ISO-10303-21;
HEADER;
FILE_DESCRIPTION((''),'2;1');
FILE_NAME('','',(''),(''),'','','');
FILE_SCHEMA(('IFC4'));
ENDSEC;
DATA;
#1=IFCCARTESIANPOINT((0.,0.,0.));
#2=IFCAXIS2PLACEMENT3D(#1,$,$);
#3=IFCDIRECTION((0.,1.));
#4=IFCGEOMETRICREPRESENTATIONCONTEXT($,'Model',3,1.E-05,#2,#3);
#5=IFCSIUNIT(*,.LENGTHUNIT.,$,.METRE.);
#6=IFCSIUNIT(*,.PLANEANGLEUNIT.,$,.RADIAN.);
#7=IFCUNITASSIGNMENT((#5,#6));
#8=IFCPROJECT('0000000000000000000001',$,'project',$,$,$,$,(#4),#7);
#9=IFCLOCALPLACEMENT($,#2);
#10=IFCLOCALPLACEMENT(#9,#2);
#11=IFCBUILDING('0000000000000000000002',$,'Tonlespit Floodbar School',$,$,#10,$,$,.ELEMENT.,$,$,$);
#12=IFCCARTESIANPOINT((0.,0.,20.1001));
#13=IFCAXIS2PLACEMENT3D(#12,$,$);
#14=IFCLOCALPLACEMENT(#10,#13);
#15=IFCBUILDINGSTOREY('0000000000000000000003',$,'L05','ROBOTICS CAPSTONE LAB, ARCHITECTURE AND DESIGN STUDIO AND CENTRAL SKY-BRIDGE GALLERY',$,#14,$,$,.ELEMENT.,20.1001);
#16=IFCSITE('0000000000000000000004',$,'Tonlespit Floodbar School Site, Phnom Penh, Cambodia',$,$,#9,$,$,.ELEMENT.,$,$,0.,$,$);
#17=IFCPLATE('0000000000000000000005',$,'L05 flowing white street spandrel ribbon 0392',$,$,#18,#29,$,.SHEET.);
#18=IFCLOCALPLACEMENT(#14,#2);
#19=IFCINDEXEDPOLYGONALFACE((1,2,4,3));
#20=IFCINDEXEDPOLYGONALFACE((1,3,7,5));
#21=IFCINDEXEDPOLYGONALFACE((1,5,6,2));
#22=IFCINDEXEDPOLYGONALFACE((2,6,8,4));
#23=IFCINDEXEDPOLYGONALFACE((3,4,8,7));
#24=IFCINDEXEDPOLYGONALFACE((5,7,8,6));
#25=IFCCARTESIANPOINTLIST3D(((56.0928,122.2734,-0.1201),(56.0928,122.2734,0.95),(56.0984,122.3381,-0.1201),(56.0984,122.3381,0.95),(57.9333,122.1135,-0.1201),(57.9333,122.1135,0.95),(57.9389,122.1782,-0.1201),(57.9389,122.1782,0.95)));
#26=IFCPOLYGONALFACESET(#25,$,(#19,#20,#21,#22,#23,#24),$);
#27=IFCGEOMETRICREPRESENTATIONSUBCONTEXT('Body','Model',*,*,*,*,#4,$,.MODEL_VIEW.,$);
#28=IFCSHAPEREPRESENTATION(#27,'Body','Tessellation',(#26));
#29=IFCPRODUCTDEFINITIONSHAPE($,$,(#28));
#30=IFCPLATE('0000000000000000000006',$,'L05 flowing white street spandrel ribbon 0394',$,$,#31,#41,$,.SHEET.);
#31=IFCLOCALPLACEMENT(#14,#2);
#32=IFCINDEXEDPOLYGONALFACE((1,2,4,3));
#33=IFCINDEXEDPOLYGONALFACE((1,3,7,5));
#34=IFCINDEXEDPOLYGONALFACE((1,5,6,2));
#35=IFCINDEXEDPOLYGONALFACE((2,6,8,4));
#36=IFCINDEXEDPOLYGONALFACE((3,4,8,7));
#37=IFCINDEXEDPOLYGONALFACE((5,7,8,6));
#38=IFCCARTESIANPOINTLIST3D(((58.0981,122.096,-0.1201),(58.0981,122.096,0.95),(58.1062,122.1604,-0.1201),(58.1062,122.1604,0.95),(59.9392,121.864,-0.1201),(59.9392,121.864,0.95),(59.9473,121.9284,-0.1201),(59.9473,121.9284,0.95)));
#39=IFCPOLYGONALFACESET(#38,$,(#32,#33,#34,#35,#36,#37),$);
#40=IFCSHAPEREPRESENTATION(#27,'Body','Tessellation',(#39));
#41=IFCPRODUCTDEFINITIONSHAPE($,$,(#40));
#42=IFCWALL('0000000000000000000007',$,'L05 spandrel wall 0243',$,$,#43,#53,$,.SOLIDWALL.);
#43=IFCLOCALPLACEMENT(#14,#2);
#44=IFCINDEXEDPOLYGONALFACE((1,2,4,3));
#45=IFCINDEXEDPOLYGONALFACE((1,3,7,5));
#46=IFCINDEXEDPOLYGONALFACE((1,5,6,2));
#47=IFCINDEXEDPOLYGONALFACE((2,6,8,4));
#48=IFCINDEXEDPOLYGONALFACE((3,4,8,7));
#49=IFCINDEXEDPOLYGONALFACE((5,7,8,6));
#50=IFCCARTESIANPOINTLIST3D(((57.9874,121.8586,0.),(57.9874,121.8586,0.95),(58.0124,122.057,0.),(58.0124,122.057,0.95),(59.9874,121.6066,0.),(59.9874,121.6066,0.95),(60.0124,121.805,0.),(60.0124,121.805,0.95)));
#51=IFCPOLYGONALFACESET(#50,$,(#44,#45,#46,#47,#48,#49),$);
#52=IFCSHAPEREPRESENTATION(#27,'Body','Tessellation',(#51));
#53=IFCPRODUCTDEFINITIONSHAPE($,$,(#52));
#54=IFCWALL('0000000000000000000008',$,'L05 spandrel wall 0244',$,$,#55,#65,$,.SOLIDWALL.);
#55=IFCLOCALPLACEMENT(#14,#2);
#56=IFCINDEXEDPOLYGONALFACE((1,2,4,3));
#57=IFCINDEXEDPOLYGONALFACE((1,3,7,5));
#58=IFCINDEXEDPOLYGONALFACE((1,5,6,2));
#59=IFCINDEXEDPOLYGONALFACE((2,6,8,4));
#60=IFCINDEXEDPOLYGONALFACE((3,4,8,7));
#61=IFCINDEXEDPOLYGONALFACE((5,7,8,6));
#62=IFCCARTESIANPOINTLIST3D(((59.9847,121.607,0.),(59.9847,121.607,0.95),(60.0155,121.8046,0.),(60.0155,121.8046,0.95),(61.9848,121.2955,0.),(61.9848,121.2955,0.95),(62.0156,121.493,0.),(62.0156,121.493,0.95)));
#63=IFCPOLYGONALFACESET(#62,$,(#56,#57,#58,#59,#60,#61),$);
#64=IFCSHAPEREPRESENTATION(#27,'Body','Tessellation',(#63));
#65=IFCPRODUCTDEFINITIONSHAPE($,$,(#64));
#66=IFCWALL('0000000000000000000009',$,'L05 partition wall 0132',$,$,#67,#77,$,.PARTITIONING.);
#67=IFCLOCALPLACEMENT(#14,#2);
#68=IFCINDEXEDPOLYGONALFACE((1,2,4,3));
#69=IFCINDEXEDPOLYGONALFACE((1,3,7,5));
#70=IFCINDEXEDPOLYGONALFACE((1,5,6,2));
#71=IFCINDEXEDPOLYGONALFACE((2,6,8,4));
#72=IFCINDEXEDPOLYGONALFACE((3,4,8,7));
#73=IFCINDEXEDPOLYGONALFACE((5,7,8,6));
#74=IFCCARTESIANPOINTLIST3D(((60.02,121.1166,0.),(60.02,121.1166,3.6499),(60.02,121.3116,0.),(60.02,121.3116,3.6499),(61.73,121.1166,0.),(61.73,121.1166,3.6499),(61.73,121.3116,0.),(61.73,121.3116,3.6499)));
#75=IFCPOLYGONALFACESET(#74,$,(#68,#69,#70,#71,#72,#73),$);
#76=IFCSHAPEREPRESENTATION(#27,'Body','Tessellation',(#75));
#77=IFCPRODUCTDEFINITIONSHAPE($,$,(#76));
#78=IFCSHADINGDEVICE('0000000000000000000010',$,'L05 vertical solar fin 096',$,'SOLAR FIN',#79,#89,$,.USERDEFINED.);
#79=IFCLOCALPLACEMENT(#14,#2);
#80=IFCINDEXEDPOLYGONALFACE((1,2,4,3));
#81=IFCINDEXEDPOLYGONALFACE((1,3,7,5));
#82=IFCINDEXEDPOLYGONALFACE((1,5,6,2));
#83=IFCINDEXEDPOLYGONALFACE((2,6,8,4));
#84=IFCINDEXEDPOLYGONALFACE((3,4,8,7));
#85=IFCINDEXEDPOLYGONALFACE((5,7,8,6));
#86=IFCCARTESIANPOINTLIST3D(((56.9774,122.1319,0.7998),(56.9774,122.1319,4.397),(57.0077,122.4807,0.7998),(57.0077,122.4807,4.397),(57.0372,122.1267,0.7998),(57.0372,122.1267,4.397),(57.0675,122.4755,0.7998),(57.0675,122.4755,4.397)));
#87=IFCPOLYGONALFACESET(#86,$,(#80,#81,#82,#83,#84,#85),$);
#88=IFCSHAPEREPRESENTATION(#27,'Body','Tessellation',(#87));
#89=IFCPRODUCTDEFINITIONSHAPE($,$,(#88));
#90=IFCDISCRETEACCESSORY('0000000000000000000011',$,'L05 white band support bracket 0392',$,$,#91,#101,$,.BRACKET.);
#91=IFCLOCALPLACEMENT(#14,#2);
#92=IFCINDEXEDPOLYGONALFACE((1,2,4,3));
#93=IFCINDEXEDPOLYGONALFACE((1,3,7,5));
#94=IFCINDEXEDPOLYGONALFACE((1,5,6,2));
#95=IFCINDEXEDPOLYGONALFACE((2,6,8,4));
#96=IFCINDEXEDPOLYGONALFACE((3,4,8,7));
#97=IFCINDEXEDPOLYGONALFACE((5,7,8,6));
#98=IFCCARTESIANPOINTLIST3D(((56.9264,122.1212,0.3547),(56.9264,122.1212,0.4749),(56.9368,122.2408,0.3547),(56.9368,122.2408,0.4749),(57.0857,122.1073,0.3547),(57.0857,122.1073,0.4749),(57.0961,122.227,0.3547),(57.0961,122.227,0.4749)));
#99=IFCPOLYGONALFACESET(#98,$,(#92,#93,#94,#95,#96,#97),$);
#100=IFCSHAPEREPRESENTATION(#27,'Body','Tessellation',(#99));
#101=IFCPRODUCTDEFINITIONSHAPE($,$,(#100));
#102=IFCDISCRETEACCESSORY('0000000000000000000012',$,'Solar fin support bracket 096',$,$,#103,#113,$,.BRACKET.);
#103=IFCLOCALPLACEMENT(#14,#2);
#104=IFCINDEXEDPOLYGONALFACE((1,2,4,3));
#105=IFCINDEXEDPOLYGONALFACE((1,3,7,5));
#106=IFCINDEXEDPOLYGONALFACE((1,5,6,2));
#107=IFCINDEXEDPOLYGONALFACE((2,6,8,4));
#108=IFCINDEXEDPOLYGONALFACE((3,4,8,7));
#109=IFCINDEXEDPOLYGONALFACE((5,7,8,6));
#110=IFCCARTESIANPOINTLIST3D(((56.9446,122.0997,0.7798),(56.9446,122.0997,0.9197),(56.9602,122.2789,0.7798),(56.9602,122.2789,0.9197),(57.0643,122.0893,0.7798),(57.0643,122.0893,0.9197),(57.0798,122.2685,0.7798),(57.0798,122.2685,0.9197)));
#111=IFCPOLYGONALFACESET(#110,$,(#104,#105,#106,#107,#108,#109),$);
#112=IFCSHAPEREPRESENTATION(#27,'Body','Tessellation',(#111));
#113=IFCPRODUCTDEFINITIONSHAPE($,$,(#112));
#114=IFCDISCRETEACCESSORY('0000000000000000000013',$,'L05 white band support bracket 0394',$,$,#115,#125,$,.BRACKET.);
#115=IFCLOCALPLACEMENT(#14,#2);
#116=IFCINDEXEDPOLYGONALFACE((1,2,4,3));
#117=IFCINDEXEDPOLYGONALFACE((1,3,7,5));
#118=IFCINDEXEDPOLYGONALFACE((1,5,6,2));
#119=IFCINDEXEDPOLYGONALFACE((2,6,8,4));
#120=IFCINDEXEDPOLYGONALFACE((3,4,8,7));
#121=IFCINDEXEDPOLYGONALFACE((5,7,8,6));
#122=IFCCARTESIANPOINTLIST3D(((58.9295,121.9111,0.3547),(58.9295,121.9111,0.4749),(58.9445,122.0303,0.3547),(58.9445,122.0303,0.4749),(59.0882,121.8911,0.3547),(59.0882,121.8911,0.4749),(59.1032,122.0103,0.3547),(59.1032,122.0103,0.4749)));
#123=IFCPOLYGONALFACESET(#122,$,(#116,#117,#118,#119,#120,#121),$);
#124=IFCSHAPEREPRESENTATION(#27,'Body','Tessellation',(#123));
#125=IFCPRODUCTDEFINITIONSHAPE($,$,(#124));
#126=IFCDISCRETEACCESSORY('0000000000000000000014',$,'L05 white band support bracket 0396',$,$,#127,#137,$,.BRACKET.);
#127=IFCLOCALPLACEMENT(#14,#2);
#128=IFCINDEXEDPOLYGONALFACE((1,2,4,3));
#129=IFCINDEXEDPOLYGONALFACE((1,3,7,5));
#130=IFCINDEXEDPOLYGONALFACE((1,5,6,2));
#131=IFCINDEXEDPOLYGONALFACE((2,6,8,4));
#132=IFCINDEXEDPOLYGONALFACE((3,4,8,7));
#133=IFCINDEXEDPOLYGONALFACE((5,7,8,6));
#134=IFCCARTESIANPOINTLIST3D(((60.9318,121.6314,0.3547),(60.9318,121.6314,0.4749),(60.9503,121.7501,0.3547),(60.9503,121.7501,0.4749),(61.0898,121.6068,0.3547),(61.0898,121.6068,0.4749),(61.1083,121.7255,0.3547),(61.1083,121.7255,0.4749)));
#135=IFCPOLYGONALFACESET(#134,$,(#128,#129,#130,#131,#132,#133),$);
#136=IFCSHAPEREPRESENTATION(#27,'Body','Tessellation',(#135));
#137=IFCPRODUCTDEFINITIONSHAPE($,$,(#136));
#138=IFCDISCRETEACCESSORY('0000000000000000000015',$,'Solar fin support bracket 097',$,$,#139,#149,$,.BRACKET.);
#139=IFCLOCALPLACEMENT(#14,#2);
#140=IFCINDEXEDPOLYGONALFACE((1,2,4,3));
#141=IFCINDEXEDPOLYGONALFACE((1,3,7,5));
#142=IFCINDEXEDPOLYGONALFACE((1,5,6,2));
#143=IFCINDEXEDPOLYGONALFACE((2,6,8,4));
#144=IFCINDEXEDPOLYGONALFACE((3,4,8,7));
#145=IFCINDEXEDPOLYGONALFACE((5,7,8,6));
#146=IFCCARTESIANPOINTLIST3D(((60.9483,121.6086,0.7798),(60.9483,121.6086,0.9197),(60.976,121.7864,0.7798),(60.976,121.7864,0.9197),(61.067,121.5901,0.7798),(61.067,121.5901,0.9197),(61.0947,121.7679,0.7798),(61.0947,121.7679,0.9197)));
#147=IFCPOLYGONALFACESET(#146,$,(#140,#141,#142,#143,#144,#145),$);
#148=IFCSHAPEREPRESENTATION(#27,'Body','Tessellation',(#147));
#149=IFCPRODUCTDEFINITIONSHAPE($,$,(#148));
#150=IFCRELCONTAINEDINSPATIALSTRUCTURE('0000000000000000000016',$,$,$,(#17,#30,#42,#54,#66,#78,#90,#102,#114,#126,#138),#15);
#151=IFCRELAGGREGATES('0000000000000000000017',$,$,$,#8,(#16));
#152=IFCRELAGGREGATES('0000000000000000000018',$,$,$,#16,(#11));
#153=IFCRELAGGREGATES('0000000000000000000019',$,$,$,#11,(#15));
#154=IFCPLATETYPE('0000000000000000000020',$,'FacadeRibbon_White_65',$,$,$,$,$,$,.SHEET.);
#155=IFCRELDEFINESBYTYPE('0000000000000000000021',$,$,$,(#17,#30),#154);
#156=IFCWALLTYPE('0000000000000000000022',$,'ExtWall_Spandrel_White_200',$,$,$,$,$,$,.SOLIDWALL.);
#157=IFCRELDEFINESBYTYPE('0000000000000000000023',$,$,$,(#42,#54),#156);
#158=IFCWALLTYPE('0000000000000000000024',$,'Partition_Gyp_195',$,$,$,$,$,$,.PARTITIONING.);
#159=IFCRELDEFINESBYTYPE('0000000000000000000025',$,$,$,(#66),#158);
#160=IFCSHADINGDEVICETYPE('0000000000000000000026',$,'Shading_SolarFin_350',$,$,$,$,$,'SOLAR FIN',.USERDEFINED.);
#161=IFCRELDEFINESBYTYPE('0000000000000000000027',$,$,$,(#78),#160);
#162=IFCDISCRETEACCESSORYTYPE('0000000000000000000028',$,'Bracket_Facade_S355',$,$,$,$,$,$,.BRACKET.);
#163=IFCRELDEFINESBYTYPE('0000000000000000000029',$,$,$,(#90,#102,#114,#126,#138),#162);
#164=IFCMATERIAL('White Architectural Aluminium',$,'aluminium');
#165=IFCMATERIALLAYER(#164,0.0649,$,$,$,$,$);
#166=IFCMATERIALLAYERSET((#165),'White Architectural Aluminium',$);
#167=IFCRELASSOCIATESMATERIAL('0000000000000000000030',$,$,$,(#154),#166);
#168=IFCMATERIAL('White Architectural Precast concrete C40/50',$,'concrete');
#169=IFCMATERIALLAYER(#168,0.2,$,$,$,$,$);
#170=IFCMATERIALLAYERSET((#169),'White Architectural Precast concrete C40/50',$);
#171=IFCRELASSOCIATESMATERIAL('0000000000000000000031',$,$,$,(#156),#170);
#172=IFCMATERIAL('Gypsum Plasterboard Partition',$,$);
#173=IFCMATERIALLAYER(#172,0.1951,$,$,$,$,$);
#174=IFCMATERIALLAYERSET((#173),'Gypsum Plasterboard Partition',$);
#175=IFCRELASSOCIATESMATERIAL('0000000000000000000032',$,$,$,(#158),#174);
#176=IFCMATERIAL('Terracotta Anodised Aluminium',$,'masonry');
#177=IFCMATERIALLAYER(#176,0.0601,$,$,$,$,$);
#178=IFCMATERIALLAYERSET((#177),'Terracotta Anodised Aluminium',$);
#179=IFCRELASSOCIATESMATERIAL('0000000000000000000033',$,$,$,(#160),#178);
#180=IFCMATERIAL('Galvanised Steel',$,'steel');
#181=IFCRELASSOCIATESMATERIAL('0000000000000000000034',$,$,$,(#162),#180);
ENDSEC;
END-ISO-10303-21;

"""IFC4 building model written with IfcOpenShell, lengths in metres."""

from ifc_helpers import new_model, si_unit, direction, frame, frame_2d, origin, origin_2d, place, context, subcontext, project, spatial, rectangle, extrude, material, layer, layer_set, type_object, element, save


model = new_model("IFC4")

# Units and contexts
model_context = context("Model", 3, precision=1e-05, world=origin(), true_north=direction((0.0, 1.0)))
body_context = subcontext(model_context, "Body", "Model", "MODEL_VIEW")
ifc_project = project(units=[si_unit("LENGTHUNIT", "METRE"), si_unit("PLANEANGLEUNIT", "RADIAN")], contexts=[model_context])

# Site, building, storey
site_placement = place(None, origin())
site = spatial("IfcSite", under=ifc_project, at=site_placement, Name="Tonlespit Floodbar School Site, Phnom Penh, Cambodia", CompositionType="ELEMENT", RefElevation=0.0)
building_placement = place(site_placement, origin())
building = spatial("IfcBuilding", under=site, at=building_placement, Name="Tonlespit Floodbar School", CompositionType="ELEMENT")
storey_placement = place(building_placement, frame((0.0, 0.0, 20.1001)))
storey = spatial("IfcBuildingStorey", under=building, at=storey_placement, Name="L05", Description="ROBOTICS CAPSTONE LAB, ARCHITECTURE AND DESIGN STUDIO AND CENTRAL SKY-BRIDGE GALLERY", CompositionType="ELEMENT", Elevation=20.1001)

# Plates
ifc_material_1 = material(Name="White Architectural Aluminium", Category="aluminium")
ifc_layer_1 = layer(ifc_material_1, 0.0649)
ifc_layer_set_1 = layer_set([ifc_layer_1], Name="White Architectural Aluminium")
plate_type_1 = type_object("IfcPlateType", Name="FacadeRibbon_White_65", PredefinedType="SHEET", material=ifc_layer_set_1)
plate_1_placement = place(storey_placement, frame((57.0159, 122.2258, -0.1201), z_axis=(0.0, 0.0, 1.0), x_axis=(0.996245, -0.086573, 0.0)))
element("IfcPlate", 1, at=plate_1_placement, inside=storey, type_object=plate_type_1, Name="L05 flowing white street spandrel ribbon 0392", PredefinedType="SHEET", context=body_context, shape_type="SweptSolid", body=[
    extrude(rectangle(XDim=1.8474, YDim=0.0649, at=origin_2d()), origin(), (0.0, 0.0, 1.0), 1.0701),
])
plate_2_placement = place(storey_placement, frame((59.0227, 122.0122, -0.1201), z_axis=(0.0, 0.0, 1.0), x_axis=(0.992155, -0.125011, 0.0)))
element("IfcPlate", 2, at=plate_2_placement, inside=storey, type_object=plate_type_1, Name="L05 flowing white street spandrel ribbon 0394", PredefinedType="SHEET", context=body_context, shape_type="SweptSolid", body=[
    extrude(rectangle(XDim=1.8557, YDim=0.0649, at=origin_2d()), origin(), (0.0, 0.0, 1.0), 1.0701),
])

# Walls
ifc_material_2 = material(Name="White Architectural Precast concrete C40/50", Category="concrete")
ifc_layer_2 = layer(ifc_material_2, 0.2)
ifc_layer_set_2 = layer_set([ifc_layer_2], Name="White Architectural Precast concrete C40/50")
wall_type_1 = type_object("IfcWallType", Name="ExtWall_Spandrel_White_200", PredefinedType="SOLIDWALL", material=ifc_layer_set_2)
wall_1_placement = place(storey_placement, frame((58.0, 121.9578, 0.0), z_axis=(0.0, 0.0, 1.0), x_axis=(0.992158, -0.124989, 0.0)))
element("IfcWall", 3, at=wall_1_placement, inside=storey, type_object=wall_type_1, Name="L05 spandrel wall 0243", PredefinedType="SOLIDWALL", context=body_context, shape_type="SweptSolid", body=[
    extrude(rectangle(XDim=2.0159, YDim=0.2, at=frame_2d((1.0078, 0.0))), origin(), (0.0, 0.0, 1.0), 0.95),
])
wall_2_placement = place(storey_placement, frame((60.0, 121.7058, 0.0), z_axis=(0.0, 0.0, 1.0), x_axis=(0.988086, -0.153906, 0.0)))
element("IfcWall", 4, at=wall_2_placement, inside=storey, type_object=wall_type_1, Name="L05 spandrel wall 0244", PredefinedType="SOLIDWALL", context=body_context, shape_type="SweptSolid", body=[
    extrude(rectangle(XDim=2.0242, YDim=0.2, at=frame_2d((1.0122, 0.0))), origin(), (0.0, 0.0, 1.0), 0.95),
])
ifc_material_3 = material(Name="Gypsum Plasterboard Partition")
ifc_layer_3 = layer(ifc_material_3, 0.1951)
ifc_layer_set_3 = layer_set([ifc_layer_3], Name="Gypsum Plasterboard Partition")
wall_type_2 = type_object("IfcWallType", Name="Partition_Gyp_195", PredefinedType="PARTITIONING", material=ifc_layer_set_3)
wall_3_placement = place(storey_placement, frame((60.02, 121.2141, 0.0), z_axis=(0.0, 0.0, 1.0), x_axis=(1.0, 0.0, 0.0)))
element("IfcWall", 5, at=wall_3_placement, inside=storey, type_object=wall_type_2, Name="L05 partition wall 0132", PredefinedType="PARTITIONING", context=body_context, shape_type="SweptSolid", body=[
    extrude(rectangle(XDim=1.71, YDim=0.1951, at=frame_2d((0.855, 0.0))), origin(), (0.0, 0.0, 1.0), 3.6499),
])

# Shading device
ifc_material_4 = material(Name="Terracotta Anodised Aluminium", Category="masonry")
ifc_layer_4 = layer(ifc_material_4, 0.0601)
ifc_layer_set_4 = layer_set([ifc_layer_4], Name="Terracotta Anodised Aluminium")
shading_device_type = type_object("IfcShadingDeviceType", Name="Shading_SolarFin_350", ElementType="SOLAR FIN", PredefinedType="USERDEFINED", material=ifc_layer_set_4)
shading_device_placement = place(storey_placement, frame((57.0225, 122.3037, 0.7998), z_axis=(0.0, 0.0, 1.0), x_axis=(0.996245, -0.086573, 0.0)))
element("IfcShadingDevice", 6, at=shading_device_placement, inside=storey, type_object=shading_device_type, Name="L05 vertical solar fin 096", ObjectType="SOLAR FIN", PredefinedType="USERDEFINED", context=body_context, shape_type="SweptSolid", body=[
    extrude(rectangle(XDim=0.0601, YDim=0.3501, at=origin_2d()), origin(), (0.0, 0.0, 1.0), 3.5972),
])

# Discrete accessories
ifc_material_5 = material(Name="Galvanised Steel", Category="steel")
discrete_accessory_type = type_object("IfcDiscreteAccessoryType", Name="Bracket_Facade_S355", PredefinedType="BRACKET", material=ifc_material_5)
discrete_accessory_1_placement = place(storey_placement, frame((57.0112, 122.1741, 0.3547), z_axis=(0.0, 0.0, 1.0), x_axis=(0.996245, -0.086573, 0.0)))
element("IfcDiscreteAccessory", 7, at=discrete_accessory_1_placement, inside=storey, type_object=discrete_accessory_type, Name="L05 white band support bracket 0392", PredefinedType="BRACKET", context=body_context, shape_type="SweptSolid", body=[
    extrude(rectangle(XDim=0.1599, YDim=0.1201, at=origin_2d()), origin(), (0.0, 0.0, 1.0), 0.1201),
])
discrete_accessory_2_placement = place(storey_placement, frame((57.0122, 122.1841, 0.7798), z_axis=(0.0, 0.0, 1.0), x_axis=(0.996245, -0.086573, 0.0)))
element("IfcDiscreteAccessory", 8, at=discrete_accessory_2_placement, inside=storey, type_object=discrete_accessory_type, Name="Solar fin support bracket 096", PredefinedType="BRACKET", context=body_context, shape_type="SweptSolid", body=[
    extrude(rectangle(XDim=0.1201, YDim=0.1799, at=origin_2d()), origin(), (0.0, 0.0, 1.0), 0.1399),
])
for number, where, z_axis, x_axis, name in (
    (9, (59.0164, 121.9607, 0.3547), (0.0, 0.0, 1.0), (0.992155, -0.125011, 0.0), "L05 white band support bracket 0394"),
    (10, (61.02, 121.6785, 0.3547), (0.0, 0.0, 1.0), (0.988095, -0.153846, 0.0), "L05 white band support bracket 0396"),
):
    element("IfcDiscreteAccessory", number, at=place(storey_placement, frame(where, z_axis=z_axis, x_axis=x_axis)), inside=storey, type_object=discrete_accessory_type, Name=name, PredefinedType="BRACKET", context=body_context, shape_type="SweptSolid", body=[
        extrude(rectangle(XDim=0.1599, YDim=0.1201, at=origin_2d()), origin(), (0.0, 0.0, 1.0), 0.1201),
    ])
discrete_accessory_3_placement = place(storey_placement, frame((61.0215, 121.6882, 0.7798), z_axis=(0.0, 0.0, 1.0), x_axis=(0.988095, -0.153846, 0.0)))
element("IfcDiscreteAccessory", 11, at=discrete_accessory_3_placement, inside=storey, type_object=discrete_accessory_type, Name="Solar fin support bracket 097", PredefinedType="BRACKET", context=body_context, shape_type="SweptSolid", body=[
    extrude(rectangle(XDim=0.1201, YDim=0.1799, at=origin_2d()), origin(), (0.0, 0.0, 1.0), 0.1399),
])

save(model, "model.ifc")
